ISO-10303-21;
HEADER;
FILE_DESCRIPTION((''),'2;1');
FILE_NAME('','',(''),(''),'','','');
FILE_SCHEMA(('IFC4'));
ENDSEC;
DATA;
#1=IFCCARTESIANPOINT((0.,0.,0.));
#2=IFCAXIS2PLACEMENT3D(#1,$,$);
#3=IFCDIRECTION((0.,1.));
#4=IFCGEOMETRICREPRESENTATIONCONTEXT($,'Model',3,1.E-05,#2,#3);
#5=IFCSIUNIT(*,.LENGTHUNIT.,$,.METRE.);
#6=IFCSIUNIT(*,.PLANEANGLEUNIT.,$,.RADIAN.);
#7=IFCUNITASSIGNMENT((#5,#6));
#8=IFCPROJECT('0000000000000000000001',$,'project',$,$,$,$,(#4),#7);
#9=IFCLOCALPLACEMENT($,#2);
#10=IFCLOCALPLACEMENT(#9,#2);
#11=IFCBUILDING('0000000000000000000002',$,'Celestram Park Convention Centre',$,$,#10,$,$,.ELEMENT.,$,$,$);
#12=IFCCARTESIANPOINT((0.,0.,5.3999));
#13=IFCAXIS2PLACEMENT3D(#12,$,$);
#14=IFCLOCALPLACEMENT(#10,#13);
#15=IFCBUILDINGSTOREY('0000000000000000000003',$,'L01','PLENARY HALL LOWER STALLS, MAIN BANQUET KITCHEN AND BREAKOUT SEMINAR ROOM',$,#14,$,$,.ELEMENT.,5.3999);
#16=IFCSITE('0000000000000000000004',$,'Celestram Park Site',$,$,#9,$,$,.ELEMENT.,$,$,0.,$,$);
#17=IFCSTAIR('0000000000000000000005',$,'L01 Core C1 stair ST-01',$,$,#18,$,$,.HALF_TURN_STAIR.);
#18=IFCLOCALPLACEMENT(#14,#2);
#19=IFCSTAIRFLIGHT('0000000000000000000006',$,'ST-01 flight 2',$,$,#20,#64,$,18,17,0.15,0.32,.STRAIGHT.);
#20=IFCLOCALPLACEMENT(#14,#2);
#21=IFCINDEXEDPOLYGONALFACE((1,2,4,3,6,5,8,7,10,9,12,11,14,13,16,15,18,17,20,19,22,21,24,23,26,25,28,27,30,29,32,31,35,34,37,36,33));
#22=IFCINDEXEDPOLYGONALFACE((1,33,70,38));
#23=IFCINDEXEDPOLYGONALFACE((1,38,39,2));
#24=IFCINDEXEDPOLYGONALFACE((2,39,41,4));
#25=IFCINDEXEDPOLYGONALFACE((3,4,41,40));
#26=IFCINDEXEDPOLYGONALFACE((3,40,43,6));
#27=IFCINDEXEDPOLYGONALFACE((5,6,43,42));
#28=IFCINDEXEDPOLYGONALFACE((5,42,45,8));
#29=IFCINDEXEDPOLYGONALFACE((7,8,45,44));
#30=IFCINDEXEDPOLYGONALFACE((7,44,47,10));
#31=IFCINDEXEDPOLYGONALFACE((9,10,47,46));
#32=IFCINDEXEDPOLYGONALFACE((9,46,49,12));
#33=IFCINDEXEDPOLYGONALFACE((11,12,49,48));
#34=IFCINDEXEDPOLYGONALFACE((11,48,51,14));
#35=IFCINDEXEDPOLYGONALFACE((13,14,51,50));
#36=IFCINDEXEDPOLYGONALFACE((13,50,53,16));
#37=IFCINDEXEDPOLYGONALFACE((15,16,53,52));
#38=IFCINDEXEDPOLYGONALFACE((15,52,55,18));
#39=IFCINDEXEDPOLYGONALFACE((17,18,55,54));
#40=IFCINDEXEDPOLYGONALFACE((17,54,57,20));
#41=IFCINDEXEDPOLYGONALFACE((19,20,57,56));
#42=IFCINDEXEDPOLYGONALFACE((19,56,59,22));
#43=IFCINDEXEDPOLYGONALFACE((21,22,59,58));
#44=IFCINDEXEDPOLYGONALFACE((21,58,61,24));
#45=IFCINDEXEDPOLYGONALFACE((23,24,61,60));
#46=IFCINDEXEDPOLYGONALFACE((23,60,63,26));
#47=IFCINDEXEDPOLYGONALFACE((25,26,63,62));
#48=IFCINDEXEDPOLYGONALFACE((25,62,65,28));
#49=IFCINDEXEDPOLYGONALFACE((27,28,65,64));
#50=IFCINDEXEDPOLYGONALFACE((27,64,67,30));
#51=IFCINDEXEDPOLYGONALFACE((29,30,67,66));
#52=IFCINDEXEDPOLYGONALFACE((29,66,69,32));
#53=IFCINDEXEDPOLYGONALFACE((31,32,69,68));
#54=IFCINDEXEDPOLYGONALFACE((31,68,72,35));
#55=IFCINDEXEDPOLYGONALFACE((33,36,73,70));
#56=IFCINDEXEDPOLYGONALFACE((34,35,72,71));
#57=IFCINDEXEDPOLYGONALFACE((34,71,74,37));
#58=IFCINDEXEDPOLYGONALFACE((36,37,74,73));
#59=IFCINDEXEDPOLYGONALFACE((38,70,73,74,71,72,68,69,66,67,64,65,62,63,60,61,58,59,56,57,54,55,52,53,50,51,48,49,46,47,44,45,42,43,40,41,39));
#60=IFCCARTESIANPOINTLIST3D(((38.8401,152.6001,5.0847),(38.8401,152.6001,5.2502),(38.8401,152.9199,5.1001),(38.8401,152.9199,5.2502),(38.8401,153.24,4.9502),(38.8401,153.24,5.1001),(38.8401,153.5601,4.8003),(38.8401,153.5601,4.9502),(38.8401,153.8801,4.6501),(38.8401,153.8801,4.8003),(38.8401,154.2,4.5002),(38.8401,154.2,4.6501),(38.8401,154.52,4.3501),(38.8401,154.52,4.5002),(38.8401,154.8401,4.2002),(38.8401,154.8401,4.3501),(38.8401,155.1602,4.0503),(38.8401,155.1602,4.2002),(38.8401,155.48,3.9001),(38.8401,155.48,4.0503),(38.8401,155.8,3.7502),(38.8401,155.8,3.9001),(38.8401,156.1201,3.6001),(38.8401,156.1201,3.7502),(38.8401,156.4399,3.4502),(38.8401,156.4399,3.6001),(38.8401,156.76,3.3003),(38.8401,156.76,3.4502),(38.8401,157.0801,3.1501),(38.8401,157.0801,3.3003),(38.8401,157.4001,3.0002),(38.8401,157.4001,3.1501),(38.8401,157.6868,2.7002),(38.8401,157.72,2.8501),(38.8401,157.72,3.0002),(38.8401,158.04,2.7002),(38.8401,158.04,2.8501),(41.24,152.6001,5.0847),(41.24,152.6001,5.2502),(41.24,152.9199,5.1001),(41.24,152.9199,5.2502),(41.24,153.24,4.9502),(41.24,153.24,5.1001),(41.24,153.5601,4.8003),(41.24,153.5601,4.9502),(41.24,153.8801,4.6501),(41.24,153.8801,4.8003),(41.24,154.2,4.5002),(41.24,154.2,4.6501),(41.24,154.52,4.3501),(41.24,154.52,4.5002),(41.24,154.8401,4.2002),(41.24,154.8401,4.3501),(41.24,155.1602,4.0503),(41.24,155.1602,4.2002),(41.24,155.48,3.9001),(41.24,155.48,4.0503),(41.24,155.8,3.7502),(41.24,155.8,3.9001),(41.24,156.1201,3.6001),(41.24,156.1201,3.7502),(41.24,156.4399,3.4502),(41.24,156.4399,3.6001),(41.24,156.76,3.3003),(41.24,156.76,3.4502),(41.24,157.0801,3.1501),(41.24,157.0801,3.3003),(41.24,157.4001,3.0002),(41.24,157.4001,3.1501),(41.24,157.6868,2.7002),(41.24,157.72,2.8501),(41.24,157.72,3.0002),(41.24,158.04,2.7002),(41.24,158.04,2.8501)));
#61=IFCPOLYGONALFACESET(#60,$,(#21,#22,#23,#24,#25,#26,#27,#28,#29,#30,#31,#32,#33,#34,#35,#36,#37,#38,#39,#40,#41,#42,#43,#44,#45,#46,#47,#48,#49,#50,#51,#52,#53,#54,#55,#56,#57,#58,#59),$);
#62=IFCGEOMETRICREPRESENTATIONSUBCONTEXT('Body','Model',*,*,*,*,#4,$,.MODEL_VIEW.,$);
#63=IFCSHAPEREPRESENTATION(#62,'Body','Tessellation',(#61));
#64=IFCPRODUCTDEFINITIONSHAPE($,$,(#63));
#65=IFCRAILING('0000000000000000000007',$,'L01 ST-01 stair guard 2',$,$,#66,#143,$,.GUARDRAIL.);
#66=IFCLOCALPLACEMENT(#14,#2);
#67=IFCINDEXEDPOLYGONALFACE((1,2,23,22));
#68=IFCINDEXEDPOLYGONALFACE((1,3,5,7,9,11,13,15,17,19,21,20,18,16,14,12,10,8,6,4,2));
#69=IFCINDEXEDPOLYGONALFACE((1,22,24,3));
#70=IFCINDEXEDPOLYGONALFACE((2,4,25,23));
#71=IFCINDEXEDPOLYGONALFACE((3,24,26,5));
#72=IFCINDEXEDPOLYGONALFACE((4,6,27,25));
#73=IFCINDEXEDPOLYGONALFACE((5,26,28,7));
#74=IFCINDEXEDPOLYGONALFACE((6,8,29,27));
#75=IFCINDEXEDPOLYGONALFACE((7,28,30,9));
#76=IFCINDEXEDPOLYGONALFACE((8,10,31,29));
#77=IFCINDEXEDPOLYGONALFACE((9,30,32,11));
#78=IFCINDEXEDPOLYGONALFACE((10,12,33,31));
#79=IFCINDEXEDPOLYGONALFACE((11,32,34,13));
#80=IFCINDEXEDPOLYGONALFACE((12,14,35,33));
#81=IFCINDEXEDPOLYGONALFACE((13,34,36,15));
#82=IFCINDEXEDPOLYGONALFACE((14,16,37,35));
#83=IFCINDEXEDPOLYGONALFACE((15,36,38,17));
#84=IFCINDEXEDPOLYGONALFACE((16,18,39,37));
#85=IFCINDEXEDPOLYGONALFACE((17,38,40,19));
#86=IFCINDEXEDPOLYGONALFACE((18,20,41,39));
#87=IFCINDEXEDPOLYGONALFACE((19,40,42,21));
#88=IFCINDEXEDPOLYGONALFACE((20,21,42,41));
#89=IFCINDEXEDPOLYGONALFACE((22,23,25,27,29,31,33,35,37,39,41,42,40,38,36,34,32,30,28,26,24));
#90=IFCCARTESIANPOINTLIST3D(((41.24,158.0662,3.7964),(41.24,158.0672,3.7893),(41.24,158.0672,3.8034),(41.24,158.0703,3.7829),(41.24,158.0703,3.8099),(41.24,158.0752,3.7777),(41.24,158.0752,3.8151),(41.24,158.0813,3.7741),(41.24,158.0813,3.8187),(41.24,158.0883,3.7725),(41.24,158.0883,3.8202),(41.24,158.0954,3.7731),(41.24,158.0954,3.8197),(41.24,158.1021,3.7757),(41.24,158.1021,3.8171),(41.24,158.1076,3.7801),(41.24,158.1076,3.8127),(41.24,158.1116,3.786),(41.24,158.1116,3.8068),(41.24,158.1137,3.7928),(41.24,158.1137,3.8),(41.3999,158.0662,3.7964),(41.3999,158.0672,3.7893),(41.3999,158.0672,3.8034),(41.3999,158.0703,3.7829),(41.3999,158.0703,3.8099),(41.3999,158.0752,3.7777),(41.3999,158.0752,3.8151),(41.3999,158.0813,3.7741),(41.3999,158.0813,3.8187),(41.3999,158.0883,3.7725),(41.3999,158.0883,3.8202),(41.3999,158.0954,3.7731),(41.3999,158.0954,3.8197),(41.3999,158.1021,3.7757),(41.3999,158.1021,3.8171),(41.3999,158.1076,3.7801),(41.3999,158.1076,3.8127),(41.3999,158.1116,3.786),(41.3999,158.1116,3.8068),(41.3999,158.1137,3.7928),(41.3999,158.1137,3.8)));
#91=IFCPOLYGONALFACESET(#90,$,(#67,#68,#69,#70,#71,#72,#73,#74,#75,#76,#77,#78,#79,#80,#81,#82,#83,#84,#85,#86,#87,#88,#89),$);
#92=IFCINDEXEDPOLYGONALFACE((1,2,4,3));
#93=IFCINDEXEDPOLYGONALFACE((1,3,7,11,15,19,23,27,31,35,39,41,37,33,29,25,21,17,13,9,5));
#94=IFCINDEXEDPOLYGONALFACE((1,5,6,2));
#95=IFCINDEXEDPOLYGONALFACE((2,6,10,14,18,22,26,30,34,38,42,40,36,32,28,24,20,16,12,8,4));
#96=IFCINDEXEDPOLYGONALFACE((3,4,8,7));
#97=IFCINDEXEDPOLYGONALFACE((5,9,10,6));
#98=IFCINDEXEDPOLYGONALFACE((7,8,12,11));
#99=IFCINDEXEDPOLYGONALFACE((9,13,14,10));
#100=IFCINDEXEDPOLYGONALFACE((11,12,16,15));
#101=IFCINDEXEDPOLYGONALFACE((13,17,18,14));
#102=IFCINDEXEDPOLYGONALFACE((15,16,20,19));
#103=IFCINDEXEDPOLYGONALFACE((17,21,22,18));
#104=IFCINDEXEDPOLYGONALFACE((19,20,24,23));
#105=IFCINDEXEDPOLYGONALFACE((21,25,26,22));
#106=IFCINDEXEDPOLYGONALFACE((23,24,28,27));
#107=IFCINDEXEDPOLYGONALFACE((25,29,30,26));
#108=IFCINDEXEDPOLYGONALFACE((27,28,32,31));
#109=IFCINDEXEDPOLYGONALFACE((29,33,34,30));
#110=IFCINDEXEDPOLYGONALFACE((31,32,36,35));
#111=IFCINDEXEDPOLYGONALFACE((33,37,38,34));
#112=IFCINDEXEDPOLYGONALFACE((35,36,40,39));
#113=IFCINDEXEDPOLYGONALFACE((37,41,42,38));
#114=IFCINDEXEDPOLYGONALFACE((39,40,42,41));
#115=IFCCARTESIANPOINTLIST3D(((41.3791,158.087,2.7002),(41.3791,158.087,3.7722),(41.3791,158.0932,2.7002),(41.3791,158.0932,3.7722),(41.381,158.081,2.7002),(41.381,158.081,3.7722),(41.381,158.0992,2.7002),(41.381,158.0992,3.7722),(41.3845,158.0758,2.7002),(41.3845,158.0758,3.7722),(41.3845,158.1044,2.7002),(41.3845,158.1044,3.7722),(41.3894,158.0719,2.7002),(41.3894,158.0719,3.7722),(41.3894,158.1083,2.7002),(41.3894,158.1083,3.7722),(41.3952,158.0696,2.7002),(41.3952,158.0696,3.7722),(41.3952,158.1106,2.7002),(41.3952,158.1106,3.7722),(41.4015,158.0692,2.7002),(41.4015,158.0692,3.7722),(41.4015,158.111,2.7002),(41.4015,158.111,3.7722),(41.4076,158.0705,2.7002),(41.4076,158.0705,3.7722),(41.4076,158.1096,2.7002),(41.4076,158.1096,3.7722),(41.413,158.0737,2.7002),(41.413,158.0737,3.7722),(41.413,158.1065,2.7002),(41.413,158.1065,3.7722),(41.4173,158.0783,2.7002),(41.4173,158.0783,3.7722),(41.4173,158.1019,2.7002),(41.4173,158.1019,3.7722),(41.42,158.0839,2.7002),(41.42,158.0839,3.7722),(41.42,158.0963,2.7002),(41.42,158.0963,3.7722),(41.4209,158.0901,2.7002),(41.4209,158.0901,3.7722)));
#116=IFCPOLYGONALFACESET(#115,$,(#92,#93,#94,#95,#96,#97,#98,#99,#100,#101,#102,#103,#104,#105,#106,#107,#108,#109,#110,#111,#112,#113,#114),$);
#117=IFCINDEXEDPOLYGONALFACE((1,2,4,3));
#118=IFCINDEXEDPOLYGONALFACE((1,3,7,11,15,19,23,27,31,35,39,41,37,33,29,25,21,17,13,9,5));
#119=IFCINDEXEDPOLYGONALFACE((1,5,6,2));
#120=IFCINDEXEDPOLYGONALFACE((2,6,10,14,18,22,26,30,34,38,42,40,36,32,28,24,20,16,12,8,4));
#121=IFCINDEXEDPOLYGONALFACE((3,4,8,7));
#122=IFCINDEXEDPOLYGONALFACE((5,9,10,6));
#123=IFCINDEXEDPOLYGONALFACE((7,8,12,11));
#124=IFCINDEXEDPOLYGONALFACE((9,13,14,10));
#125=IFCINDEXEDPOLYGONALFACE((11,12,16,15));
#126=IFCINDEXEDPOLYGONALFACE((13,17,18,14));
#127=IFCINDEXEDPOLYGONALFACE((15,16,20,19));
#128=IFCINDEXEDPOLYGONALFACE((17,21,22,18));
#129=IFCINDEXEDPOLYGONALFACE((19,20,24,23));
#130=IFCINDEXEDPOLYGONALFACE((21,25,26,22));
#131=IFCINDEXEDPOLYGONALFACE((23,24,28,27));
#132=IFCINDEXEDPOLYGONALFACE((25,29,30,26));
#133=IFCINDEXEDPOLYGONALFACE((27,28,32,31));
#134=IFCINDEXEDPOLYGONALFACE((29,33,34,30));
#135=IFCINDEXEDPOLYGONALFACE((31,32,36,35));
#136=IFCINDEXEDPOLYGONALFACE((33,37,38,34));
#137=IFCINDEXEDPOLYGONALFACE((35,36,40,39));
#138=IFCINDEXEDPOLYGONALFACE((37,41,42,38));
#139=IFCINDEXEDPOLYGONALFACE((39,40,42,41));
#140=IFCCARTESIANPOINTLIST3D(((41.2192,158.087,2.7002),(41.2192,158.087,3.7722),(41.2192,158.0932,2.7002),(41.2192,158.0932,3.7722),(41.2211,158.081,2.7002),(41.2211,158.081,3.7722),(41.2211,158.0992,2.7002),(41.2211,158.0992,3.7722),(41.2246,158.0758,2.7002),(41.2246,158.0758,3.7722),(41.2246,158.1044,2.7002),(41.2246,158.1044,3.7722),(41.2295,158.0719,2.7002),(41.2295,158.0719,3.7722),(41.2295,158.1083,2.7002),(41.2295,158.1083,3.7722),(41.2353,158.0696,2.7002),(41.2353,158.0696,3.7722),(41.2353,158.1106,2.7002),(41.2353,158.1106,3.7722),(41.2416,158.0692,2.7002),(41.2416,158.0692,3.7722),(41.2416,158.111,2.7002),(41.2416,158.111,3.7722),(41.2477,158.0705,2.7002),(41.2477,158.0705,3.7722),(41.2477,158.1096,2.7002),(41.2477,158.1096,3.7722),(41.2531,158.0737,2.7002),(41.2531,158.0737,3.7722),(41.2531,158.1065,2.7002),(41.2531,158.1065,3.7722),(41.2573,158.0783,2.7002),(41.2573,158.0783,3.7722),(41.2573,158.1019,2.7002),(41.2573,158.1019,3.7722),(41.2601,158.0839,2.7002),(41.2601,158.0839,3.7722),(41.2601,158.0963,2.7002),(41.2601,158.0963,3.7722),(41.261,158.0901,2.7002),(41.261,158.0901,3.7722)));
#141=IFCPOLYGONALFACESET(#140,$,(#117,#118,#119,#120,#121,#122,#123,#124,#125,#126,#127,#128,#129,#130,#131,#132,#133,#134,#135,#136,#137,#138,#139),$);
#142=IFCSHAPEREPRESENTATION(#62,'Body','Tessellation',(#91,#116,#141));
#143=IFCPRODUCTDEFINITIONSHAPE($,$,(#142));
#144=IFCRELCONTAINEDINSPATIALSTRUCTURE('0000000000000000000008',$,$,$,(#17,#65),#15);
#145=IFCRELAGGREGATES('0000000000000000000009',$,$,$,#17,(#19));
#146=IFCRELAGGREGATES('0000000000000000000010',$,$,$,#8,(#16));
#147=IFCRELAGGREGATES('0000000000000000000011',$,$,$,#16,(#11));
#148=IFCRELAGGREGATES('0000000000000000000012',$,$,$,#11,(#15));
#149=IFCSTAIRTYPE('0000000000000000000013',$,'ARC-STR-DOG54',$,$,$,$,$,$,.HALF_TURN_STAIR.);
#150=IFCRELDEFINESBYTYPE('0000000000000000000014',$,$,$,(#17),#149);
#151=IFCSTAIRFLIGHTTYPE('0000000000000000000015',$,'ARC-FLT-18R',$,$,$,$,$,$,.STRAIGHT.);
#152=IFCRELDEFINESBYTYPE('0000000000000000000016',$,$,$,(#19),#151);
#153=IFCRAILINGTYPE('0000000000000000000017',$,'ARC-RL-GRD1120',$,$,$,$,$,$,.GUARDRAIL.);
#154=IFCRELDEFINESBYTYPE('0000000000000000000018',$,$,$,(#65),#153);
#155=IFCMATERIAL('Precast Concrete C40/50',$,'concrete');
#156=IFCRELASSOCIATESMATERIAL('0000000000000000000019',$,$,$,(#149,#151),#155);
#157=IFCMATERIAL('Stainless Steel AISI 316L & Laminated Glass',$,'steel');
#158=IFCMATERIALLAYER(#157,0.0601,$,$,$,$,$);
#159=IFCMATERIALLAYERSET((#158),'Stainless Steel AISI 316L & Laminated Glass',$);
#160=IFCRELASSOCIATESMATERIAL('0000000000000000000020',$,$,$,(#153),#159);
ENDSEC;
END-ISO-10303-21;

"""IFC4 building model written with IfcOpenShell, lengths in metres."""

from ifc_helpers import new_model, si_unit, direction, frame, origin, origin_2d, place, context, subcontext, project, spatial, polyline, circle, outline, extrude, material, layer, layer_set, type_object, element, aggregate, save


model = new_model("IFC4")

# Units and contexts
model_context = context("Model", 3, precision=1e-05, world=origin(), true_north=direction((0.0, 1.0)))
body_context = subcontext(model_context, "Body", "Model", "MODEL_VIEW")
ifc_project = project(units=[si_unit("LENGTHUNIT", "METRE"), si_unit("PLANEANGLEUNIT", "RADIAN")], contexts=[model_context])

# Site, building, storey
site_placement = place(None, origin())
site = spatial("IfcSite", under=ifc_project, at=site_placement, Name="Celestram Park Site", CompositionType="ELEMENT", RefElevation=0.0)
building_placement = place(site_placement, origin())
building = spatial("IfcBuilding", under=site, at=building_placement, Name="Celestram Park Convention Centre", CompositionType="ELEMENT")
storey_placement = place(building_placement, frame((0.0, 0.0, 5.3999)))
storey = spatial("IfcBuildingStorey", under=building, at=storey_placement, Name="L01", Description="PLENARY HALL LOWER STALLS, MAIN BANQUET KITCHEN AND BREAKOUT SEMINAR ROOM", CompositionType="ELEMENT", Elevation=5.3999)

# Stair, stair flight
ifc_material_1 = material(Name="Precast Concrete C40/50", Category="concrete")
stair_type = type_object("IfcStairType", Name="ARC-STR-DOG54", PredefinedType="HALF_TURN_STAIR", material=ifc_material_1)
stair_placement = place(storey_placement, origin())
stair = element("IfcStair", 1, at=stair_placement, inside=storey, type_object=stair_type, Name="L01 Core C1 stair ST-01", PredefinedType="HALF_TURN_STAIR")
stair_flight_type = type_object("IfcStairFlightType", Name="ARC-FLT-18R", PredefinedType="STRAIGHT", material=ifc_material_1)
stair_flight_1_placement = place(storey_placement, frame((40.04, 158.04, 2.7002), z_axis=(0.0, 0.0, 1.0), x_axis=(0.0, -1.0, 0.0)))
stair_flight_1 = element("IfcStairFlight", 2, at=stair_flight_1_placement, type_object=stair_flight_type, Name="ST-01 flight 2", NumberOfRisers=18, NumberOfTreads=17, PredefinedType="STRAIGHT", RiserHeight=0.15, TreadLength=0.32, context=body_context, shape_type="SweptSolid", body=[
    extrude(outline(polyline([(0.0, 0.0), (0.0, 0.1499), (0.3201, 0.1499), (0.3201, 0.3), (0.6399, 0.3), (0.6399, 0.45), (0.96, 0.45), (0.96, 0.6001), (1.28, 0.6001), (1.28, 0.75), (1.6001, 0.75), (1.6001, 0.8999), (1.9199, 0.8999), (1.9199, 1.05), (2.24, 1.05), (2.24, 1.2), (2.5601, 1.2), (2.5601, 1.3501), (2.8799, 1.3501), (2.8799, 1.5), (3.2, 1.5), (3.2, 1.6499), (3.52, 1.6499), (3.52, 1.8), (3.8401, 1.8), (3.8401, 1.95), (4.1599, 1.95), (4.1599, 2.1001), (4.48, 2.1001), (4.48, 2.25), (4.8, 2.25), (4.8, 2.3999), (5.1201, 2.3999), (5.1201, 2.55), (5.4399, 2.55), (5.4399, 2.7), (5.4399, 2.3845), (0.3533, 0.0), (0.0, 0.0)])), frame((0.0, 1.2, 0.0), z_axis=(0.0, -1.0, 0.0), x_axis=(1.0, 0.0, 0.0)), (0.0, 0.0, 1.0), 2.3999),
])
aggregate(stair, [stair_flight_1])

# Railing
ifc_material_2 = material(Name="Stainless Steel AISI 316L & Laminated Glass", Category="steel")
ifc_layer_1 = layer(ifc_material_2, 0.0601)
ifc_layer_set_1 = layer_set([ifc_layer_1], Name="Stainless Steel AISI 316L & Laminated Glass")
railing_type_1 = type_object("IfcRailingType", Name="ARC-RL-GRD1120", PredefinedType="GUARDRAIL", material=ifc_layer_set_1)
railing_1_placement = place(storey_placement, frame((41.3999, 158.0901, 2.7002)))
element("IfcRailing", 3, at=railing_1_placement, inside=storey, type_object=railing_type_1, Name="L01 ST-01 stair guard 2", PredefinedType="GUARDRAIL", context=body_context, shape_type="SweptSolid", body=[
    extrude(circle(Radius=0.0239, at=origin_2d()), frame((0.0, 0.0, 1.0962), z_axis=(-1.0, 0.0, 0.0), x_axis=(0.0, -1.0, 0.0)), (0.0, 0.0, 1.0), 0.1599),
    extrude(circle(Radius=0.021, at=origin_2d()), origin(), (0.0, 0.0, 1.0), 1.072),
    extrude(circle(Radius=0.021, at=origin_2d()), frame((-0.1599, 0.0, 0.0)), (0.0, 0.0, 1.0), 1.072),
])

save(model, "model.ifc")
